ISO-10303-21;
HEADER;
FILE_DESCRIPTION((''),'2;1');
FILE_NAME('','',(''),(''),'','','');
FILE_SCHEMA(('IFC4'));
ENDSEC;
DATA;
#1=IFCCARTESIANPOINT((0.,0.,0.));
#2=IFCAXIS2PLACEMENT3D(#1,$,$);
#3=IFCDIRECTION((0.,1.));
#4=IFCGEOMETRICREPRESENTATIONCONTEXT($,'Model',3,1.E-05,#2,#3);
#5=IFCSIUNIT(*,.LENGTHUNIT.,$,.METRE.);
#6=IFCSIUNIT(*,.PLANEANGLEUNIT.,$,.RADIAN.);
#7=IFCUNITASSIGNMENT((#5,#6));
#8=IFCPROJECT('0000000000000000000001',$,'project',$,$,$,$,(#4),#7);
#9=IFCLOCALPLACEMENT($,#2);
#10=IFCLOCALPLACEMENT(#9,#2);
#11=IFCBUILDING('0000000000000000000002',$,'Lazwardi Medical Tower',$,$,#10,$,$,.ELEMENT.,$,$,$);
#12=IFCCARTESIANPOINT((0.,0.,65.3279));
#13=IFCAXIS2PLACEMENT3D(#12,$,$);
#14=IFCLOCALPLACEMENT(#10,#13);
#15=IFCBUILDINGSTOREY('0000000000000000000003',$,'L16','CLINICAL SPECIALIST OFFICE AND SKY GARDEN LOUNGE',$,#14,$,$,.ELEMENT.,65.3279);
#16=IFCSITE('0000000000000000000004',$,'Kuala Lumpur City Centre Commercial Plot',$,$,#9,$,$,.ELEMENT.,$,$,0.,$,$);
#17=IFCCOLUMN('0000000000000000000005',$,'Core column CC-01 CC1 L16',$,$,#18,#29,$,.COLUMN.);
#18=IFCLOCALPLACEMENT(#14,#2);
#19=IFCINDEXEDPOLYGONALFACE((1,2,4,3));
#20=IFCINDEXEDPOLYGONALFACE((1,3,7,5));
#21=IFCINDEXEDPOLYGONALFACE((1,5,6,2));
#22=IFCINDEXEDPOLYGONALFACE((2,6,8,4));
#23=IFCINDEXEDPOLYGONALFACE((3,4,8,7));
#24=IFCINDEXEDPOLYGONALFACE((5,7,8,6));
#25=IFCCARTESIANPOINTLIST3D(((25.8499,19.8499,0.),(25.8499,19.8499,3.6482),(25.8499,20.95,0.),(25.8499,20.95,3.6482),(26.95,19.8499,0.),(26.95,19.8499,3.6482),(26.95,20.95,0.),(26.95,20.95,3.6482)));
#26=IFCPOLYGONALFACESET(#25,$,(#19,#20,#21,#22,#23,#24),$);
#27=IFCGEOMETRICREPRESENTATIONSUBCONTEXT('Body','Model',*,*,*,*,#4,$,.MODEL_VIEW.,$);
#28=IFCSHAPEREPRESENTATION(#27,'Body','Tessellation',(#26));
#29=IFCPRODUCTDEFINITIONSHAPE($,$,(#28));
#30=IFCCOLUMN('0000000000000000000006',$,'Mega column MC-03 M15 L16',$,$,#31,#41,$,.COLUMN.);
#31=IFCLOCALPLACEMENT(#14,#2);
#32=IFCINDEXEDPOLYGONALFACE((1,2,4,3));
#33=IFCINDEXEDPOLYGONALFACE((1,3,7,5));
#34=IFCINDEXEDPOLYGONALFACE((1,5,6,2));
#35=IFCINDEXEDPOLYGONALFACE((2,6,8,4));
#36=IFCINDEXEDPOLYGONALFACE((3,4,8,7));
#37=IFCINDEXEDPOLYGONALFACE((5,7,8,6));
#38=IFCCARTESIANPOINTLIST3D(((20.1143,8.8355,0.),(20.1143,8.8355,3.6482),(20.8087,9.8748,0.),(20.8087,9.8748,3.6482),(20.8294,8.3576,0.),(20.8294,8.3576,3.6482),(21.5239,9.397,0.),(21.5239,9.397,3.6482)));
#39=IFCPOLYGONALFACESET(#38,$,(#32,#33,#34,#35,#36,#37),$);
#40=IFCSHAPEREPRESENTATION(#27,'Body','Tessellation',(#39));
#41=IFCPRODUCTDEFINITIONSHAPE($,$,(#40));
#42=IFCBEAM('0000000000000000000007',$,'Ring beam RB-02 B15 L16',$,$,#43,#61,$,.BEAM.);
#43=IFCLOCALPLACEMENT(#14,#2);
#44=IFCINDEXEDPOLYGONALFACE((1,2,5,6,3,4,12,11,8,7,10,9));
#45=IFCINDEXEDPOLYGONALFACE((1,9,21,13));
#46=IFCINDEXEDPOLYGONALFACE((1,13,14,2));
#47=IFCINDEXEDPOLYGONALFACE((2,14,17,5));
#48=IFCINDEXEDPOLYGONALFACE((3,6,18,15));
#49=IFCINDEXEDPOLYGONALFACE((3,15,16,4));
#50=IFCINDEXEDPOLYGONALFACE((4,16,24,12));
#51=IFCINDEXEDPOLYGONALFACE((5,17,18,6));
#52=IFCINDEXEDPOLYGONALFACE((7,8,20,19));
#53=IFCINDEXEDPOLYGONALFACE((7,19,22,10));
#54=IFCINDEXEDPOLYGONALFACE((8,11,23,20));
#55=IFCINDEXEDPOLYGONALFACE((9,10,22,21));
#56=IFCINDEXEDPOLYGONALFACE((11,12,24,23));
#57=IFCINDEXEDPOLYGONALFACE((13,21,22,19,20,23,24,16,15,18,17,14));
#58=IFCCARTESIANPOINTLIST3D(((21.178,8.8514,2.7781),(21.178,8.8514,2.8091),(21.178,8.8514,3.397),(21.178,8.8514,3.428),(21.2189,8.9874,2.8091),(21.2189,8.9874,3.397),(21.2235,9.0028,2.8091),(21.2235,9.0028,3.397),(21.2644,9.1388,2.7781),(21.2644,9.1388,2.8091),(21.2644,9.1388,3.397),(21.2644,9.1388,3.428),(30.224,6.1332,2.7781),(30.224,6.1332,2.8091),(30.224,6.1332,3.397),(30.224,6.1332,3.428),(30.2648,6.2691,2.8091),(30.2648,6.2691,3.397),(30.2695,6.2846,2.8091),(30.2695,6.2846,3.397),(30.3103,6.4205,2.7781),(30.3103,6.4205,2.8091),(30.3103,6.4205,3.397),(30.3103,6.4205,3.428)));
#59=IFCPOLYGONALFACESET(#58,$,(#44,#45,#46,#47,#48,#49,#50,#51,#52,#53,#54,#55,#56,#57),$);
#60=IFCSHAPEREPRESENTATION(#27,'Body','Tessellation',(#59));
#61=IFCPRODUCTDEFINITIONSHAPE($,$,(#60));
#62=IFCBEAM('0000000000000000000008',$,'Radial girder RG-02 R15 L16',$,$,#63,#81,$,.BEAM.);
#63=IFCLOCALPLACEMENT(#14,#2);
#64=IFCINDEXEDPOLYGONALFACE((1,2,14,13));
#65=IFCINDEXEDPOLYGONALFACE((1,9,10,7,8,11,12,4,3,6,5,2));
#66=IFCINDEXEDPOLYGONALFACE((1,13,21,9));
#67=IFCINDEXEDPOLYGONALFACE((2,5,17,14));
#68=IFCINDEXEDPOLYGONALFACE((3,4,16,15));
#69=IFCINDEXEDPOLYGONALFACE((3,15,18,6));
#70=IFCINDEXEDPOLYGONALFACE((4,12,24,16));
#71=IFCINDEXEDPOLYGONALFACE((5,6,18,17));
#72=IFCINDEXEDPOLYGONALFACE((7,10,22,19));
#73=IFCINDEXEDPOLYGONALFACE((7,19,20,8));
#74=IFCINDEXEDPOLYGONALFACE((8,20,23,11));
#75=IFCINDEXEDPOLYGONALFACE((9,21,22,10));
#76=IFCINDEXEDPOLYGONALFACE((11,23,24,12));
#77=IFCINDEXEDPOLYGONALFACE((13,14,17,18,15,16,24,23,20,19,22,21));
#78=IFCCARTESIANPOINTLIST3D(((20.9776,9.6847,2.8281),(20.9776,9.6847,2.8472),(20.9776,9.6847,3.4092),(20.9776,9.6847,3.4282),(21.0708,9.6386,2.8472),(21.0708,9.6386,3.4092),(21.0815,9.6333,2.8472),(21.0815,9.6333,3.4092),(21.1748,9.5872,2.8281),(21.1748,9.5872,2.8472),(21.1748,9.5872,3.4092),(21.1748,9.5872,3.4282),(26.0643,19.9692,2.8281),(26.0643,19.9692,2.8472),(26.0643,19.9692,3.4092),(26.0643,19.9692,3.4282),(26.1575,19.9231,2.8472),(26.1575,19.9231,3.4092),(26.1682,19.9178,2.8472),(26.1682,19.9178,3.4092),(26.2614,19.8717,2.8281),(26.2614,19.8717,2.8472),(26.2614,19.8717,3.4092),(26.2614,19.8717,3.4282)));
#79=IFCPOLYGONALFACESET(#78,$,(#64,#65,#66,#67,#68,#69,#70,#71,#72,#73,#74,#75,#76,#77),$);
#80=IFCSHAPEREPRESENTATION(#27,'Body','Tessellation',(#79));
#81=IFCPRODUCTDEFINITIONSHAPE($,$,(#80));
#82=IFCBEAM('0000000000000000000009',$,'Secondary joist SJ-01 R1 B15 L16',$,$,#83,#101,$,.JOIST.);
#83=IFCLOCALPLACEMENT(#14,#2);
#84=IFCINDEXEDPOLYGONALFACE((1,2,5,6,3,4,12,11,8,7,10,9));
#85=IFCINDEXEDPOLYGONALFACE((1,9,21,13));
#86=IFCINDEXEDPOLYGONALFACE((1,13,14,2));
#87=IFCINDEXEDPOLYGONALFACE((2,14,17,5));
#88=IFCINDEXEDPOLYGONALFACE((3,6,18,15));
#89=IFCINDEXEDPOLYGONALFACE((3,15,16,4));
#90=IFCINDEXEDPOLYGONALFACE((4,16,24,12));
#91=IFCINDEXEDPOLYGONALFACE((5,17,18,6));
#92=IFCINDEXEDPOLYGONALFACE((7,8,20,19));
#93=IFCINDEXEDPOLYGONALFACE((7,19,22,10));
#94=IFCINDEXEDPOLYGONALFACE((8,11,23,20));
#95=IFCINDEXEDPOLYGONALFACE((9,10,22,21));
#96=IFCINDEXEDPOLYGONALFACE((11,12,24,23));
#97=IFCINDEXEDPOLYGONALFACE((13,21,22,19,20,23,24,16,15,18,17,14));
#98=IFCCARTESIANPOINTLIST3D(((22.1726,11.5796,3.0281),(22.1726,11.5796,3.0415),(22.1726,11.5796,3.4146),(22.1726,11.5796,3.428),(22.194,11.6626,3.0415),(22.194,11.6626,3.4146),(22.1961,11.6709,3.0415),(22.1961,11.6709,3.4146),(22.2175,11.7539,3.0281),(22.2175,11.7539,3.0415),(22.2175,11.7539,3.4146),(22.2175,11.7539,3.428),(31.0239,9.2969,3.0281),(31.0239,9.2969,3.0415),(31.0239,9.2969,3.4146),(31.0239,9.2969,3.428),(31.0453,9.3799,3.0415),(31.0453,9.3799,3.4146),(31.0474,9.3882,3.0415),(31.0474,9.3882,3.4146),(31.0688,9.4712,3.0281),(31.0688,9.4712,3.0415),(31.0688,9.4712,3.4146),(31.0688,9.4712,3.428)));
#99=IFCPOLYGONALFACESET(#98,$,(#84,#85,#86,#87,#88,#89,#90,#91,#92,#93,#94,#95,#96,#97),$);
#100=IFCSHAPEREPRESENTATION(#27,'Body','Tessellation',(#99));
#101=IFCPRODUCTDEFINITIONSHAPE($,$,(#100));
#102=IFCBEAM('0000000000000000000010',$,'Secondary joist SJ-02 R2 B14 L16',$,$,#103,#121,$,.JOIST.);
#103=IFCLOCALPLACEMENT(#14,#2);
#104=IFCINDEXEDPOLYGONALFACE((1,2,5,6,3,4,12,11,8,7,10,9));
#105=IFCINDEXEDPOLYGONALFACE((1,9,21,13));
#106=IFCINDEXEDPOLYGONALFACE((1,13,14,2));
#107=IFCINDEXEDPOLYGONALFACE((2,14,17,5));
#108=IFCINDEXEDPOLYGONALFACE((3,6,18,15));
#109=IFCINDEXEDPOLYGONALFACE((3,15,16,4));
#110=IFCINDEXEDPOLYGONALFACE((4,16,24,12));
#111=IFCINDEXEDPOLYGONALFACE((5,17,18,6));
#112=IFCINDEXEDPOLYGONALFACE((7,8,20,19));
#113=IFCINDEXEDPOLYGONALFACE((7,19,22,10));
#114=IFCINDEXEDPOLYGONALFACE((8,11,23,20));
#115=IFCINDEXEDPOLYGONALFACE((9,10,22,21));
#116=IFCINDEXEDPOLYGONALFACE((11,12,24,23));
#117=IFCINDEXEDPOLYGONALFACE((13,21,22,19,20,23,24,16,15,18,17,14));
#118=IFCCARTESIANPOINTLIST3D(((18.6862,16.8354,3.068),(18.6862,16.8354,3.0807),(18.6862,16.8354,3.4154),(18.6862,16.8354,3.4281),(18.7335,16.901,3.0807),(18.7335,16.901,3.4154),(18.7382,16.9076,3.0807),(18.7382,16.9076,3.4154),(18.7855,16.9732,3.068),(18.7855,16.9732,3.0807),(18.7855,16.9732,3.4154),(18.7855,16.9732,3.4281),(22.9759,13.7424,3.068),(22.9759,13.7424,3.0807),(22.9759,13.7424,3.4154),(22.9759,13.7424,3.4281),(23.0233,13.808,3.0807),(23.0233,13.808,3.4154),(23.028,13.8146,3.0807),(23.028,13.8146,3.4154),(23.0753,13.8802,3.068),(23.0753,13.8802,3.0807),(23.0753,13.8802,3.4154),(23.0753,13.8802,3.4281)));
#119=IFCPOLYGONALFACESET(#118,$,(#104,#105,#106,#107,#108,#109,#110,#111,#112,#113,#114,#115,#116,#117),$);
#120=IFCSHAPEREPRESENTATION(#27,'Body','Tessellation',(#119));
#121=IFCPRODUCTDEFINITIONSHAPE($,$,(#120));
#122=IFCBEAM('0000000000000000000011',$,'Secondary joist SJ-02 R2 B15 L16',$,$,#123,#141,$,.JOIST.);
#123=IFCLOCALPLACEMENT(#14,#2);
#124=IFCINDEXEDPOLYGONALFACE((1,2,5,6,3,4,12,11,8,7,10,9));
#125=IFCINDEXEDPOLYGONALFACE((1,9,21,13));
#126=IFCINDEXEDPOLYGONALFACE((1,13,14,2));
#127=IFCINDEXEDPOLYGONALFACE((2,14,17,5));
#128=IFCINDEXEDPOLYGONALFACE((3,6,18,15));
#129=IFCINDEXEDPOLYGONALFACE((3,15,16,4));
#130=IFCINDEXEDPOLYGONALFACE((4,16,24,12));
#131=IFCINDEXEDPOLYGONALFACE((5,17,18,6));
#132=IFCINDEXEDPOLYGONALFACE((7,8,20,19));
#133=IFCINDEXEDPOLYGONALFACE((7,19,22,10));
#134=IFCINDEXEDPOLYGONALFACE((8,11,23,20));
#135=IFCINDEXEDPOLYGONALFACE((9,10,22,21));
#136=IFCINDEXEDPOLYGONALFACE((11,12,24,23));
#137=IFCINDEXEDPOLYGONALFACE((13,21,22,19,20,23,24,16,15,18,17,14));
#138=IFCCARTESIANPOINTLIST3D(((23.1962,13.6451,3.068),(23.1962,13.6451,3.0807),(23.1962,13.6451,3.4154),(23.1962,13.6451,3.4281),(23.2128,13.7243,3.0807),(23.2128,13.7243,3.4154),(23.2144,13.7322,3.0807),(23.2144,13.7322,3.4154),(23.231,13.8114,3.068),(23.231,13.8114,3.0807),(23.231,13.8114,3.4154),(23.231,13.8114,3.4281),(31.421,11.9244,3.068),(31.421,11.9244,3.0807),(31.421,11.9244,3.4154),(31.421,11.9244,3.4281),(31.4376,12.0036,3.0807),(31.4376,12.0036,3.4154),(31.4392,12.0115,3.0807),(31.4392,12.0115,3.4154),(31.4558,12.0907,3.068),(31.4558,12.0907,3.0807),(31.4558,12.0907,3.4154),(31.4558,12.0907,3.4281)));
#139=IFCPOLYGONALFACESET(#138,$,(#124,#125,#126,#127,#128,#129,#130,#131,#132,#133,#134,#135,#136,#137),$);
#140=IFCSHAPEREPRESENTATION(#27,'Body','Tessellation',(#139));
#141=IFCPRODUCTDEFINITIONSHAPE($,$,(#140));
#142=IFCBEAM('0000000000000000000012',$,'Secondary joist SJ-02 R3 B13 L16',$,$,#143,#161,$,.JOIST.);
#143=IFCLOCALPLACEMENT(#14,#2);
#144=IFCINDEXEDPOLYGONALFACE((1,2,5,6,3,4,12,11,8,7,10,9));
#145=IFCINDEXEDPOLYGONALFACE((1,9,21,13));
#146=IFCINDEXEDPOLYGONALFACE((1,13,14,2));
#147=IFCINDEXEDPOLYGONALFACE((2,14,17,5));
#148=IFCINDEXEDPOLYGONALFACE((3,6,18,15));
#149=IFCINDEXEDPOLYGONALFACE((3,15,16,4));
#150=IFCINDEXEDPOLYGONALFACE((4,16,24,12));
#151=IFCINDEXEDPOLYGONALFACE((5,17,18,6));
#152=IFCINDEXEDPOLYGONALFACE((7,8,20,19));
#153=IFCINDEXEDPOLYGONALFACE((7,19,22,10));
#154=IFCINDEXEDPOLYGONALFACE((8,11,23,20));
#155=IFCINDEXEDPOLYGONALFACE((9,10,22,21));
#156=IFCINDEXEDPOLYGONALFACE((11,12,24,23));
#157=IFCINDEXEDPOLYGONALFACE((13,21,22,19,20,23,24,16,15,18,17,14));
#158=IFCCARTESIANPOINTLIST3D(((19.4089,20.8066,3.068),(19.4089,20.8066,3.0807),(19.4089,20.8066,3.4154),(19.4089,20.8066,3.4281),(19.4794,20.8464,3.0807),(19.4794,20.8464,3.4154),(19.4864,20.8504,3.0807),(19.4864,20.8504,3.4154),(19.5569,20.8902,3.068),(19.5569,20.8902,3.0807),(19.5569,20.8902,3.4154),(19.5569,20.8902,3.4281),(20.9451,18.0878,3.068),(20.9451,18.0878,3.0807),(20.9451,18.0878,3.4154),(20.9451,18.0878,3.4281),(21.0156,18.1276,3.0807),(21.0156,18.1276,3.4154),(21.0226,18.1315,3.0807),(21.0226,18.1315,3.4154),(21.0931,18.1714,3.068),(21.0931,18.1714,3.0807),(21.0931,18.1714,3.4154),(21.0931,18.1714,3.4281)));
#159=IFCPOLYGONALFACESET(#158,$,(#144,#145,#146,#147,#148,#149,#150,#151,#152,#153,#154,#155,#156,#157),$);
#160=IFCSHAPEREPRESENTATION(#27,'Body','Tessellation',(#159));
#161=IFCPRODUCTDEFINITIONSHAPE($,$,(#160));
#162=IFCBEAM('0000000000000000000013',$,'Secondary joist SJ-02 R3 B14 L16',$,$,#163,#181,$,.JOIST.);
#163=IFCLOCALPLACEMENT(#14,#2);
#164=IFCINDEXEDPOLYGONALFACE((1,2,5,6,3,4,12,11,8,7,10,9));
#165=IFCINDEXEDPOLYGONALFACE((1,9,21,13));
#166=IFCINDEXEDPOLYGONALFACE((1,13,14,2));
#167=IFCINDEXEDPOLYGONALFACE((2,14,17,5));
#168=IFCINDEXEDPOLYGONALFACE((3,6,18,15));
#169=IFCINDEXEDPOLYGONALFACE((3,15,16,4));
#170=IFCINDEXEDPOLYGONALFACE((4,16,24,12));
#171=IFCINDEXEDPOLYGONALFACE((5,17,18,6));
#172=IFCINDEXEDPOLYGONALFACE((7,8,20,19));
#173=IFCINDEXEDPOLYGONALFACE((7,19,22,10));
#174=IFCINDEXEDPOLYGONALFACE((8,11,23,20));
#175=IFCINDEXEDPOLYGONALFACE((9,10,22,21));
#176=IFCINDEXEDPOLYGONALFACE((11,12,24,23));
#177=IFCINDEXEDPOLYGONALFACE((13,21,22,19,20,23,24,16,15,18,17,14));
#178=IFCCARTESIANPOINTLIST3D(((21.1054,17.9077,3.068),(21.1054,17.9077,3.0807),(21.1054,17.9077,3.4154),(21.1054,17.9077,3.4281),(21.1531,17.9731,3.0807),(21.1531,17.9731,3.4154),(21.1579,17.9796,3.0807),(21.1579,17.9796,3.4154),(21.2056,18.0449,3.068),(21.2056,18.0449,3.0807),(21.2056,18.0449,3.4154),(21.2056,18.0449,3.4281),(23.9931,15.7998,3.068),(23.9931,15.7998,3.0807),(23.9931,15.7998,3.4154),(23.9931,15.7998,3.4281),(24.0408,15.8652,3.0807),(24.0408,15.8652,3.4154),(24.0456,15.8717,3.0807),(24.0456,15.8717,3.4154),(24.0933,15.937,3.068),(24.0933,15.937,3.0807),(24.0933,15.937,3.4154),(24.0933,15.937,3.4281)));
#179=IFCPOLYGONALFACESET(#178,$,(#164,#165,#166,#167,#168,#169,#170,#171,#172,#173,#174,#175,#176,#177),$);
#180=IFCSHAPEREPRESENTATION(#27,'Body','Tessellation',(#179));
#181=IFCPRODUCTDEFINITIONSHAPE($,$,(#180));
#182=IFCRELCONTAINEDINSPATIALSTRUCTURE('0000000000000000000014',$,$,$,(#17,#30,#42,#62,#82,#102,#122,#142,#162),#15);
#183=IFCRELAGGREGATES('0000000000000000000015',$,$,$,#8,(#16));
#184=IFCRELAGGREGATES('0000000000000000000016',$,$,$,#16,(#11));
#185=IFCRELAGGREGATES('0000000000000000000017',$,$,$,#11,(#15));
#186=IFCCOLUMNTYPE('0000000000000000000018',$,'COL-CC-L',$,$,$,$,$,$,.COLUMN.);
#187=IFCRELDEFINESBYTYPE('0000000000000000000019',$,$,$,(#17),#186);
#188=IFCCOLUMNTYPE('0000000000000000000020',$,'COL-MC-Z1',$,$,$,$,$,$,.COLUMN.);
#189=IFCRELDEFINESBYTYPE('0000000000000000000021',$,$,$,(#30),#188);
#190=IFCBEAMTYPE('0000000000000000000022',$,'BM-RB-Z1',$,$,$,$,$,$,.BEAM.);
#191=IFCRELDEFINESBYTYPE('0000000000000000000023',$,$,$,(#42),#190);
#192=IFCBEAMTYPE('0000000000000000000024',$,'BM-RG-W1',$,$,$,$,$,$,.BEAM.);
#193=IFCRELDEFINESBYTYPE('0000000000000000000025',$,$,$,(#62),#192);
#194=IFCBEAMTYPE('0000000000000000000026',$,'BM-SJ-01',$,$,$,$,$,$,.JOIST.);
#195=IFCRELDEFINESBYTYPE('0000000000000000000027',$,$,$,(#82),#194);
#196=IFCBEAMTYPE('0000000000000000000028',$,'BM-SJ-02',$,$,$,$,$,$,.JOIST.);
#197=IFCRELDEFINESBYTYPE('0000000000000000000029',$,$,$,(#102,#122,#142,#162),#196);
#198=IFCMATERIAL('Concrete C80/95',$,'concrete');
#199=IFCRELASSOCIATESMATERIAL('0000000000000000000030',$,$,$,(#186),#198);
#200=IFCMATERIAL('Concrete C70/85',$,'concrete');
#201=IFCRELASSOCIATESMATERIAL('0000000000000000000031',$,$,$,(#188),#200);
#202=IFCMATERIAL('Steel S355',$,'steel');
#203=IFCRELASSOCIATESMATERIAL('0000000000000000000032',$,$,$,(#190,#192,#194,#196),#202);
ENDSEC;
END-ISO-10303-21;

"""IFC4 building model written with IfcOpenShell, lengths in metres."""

from ifc_helpers import new_model, si_unit, direction, frame, origin, origin_2d, place, context, subcontext, project, spatial, rectangle, i_section, extrude, material, material_profile, profile_set, type_object, element, save


model = new_model("IFC4")

# Units and contexts
model_context = context("Model", 3, precision=1e-05, world=origin(), true_north=direction((0.0, 1.0)))
body_context = subcontext(model_context, "Body", "Model", "MODEL_VIEW")
ifc_project = project(units=[si_unit("LENGTHUNIT", "METRE"), si_unit("PLANEANGLEUNIT", "RADIAN")], contexts=[model_context])

# Site, building, storey
site_placement = place(None, origin())
site = spatial("IfcSite", under=ifc_project, at=site_placement, Name="Kuala Lumpur City Centre Commercial Plot", CompositionType="ELEMENT", RefElevation=0.0)
building_placement = place(site_placement, origin())
building = spatial("IfcBuilding", under=site, at=building_placement, Name="Lazwardi Medical Tower", CompositionType="ELEMENT")
storey_placement = place(building_placement, frame((0.0, 0.0, 65.3279)))
storey = spatial("IfcBuildingStorey", under=building, at=storey_placement, Name="L16", Description="CLINICAL SPECIALIST OFFICE AND SKY GARDEN LOUNGE", CompositionType="ELEMENT", Elevation=65.3279)

# Columns
ifc_material_1 = material(Name="Concrete C80/95", Category="concrete")
ifc_material_profile_1 = material_profile(ifc_material_1, rectangle(XDim=1.1001, YDim=1.1001, at=origin_2d()), Name="RC 1100x1100")
ifc_profile_set_1 = profile_set([ifc_material_profile_1], Name="Concrete C80/95")
column_type_1 = type_object("IfcColumnType", Name="COL-CC-L", PredefinedType="COLUMN", material=ifc_profile_set_1)
column_1_placement = place(storey_placement, frame((26.3999, 20.3999, 0.0), z_axis=(0.0, 0.0, 1.0), x_axis=(1.0, 0.0, 0.0)))
element("IfcColumn", 1, at=column_1_placement, inside=storey, type_object=column_type_1, Name="Core column CC-01 CC1 L16", PredefinedType="COLUMN", context=body_context, shape_type="SweptSolid", body=[
    extrude(rectangle(XDim=1.1001, YDim=1.1001, at=origin_2d()), origin(), (0.0, 0.0, 1.0), 3.6482),
])
ifc_material_2 = material(Name="Concrete C70/85", Category="concrete")
ifc_material_profile_2 = material_profile(ifc_material_2, rectangle(XDim=1.25, YDim=0.8601, at=origin_2d()), Name="CFT-RECT 1250x860")
ifc_profile_set_2 = profile_set([ifc_material_profile_2], Name="Concrete C70/85")
column_type_2 = type_object("IfcColumnType", Name="COL-MC-Z1", PredefinedType="COLUMN", material=ifc_profile_set_2)
column_2_placement = place(storey_placement, frame((20.8191, 9.1162, 0.0), z_axis=(0.0, 0.0, 1.0), x_axis=(-0.55557, -0.83147, 0.0)))
element("IfcColumn", 2, at=column_2_placement, inside=storey, type_object=column_type_2, Name="Mega column MC-03 M15 L16", PredefinedType="COLUMN", context=body_context, shape_type="SweptSolid", body=[
    extrude(rectangle(XDim=1.25, YDim=0.8601, at=origin_2d()), origin(), (0.0, 0.0, 1.0), 3.6482),
])

# Beams
ifc_material_3 = material(Name="Steel S355", Category="steel")
ifc_material_profile_3 = material_profile(ifc_material_3, i_section(OverallWidth=0.3, OverallDepth=0.6499, WebThickness=0.0161, FlangeThickness=0.031, at=origin_2d()), Name="HEB 650")
ifc_profile_set_3 = profile_set([ifc_material_profile_3], Name="Steel S355")
beam_type_1 = type_object("IfcBeamType", Name="BM-RB-Z1", PredefinedType="BEAM", material=ifc_profile_set_3)
beam_1_placement = place(storey_placement, frame((21.2212, 8.9951, 3.103), z_axis=(0.957695, -0.287784, 0.0), x_axis=(0.287784, 0.957695, 0.0)))
element("IfcBeam", 3, at=beam_1_placement, inside=storey, type_object=beam_type_1, Name="Ring beam RB-02 B15 L16", PredefinedType="BEAM", context=body_context, shape_type="SweptSolid", body=[
    extrude(i_section(OverallWidth=0.3, OverallDepth=0.6499, WebThickness=0.0161, FlangeThickness=0.031, at=origin_2d()), origin(), (0.0, 0.0, 1.0), 9.4456),
])
ifc_material_profile_4 = material_profile(ifc_material_3, i_section(OverallWidth=0.22, OverallDepth=0.6001, WebThickness=0.012, FlangeThickness=0.019, at=origin_2d()), Name="IPE 600")
ifc_profile_set_4 = profile_set([ifc_material_profile_4], Name="Steel S355")
beam_type_2 = type_object("IfcBeamType", Name="BM-RG-W1", PredefinedType="BEAM", material=ifc_profile_set_4)
beam_2_placement = place(storey_placement, frame((21.0762, 9.636, 3.1282), z_axis=(0.443337, 0.896355, 0.0), x_axis=(-0.896355, 0.443337, 0.0)))
element("IfcBeam", 4, at=beam_2_placement, inside=storey, type_object=beam_type_2, Name="Radial girder RG-02 R15 L16", PredefinedType="BEAM", context=body_context, shape_type="SweptSolid", body=[
    extrude(i_section(OverallWidth=0.22, OverallDepth=0.6001, WebThickness=0.012, FlangeThickness=0.019, at=origin_2d()), origin(), (0.0, 0.0, 1.0), 11.4736),
])
ifc_material_profile_5 = material_profile(ifc_material_3, i_section(OverallWidth=0.1799, OverallDepth=0.3999, WebThickness=0.0085, FlangeThickness=0.0134, at=origin_2d()), Name="IPE 400")
ifc_profile_set_5 = profile_set([ifc_material_profile_5], Name="Steel S355")
beam_type_3 = type_object("IfcBeamType", Name="BM-SJ-01", PredefinedType="JOIST", material=ifc_profile_set_5)
beam_3_placement = place(storey_placement, frame((22.1951, 11.6667, 3.228), z_axis=(0.968317, -0.249725, 0.0), x_axis=(0.249725, 0.968317, 0.0)))
element("IfcBeam", 5, at=beam_3_placement, inside=storey, type_object=beam_type_3, Name="Secondary joist SJ-01 R1 B15 L16", PredefinedType="JOIST", context=body_context, shape_type="SweptSolid", body=[
    extrude(i_section(OverallWidth=0.1799, OverallDepth=0.3999, WebThickness=0.0085, FlangeThickness=0.0134, at=origin_2d()), origin(), (0.0, 0.0, 1.0), 9.1409),
])
ifc_material_profile_6 = material_profile(ifc_material_3, i_section(OverallWidth=0.1699, OverallDepth=0.3601, WebThickness=0.0081, FlangeThickness=0.0127, at=origin_2d()), Name="IPE 360")
ifc_profile_set_6 = profile_set([ifc_material_profile_6], Name="Steel S355")
beam_type_4 = type_object("IfcBeamType", Name="BM-SJ-02", PredefinedType="JOIST", material=ifc_profile_set_6)
beam_4_placement = place(storey_placement, frame((18.7358, 16.9043, 3.248), z_axis=(0.811143, -0.584848, 0.0), x_axis=(0.584848, 0.811143, 0.0)))
element("IfcBeam", 6, at=beam_4_placement, inside=storey, type_object=beam_type_4, Name="Secondary joist SJ-02 R2 B14 L16", PredefinedType="JOIST", context=body_context, shape_type="SweptSolid", body=[
    extrude(i_section(OverallWidth=0.1699, OverallDepth=0.3601, WebThickness=0.0081, FlangeThickness=0.0127, at=origin_2d()), origin(), (0.0, 0.0, 1.0), 5.2886),
])
beam_5_placement = place(storey_placement, frame((23.2136, 13.7283, 3.248), z_axis=(0.978809, -0.204774, 0.0), x_axis=(0.204774, 0.978809, 0.0)))
element("IfcBeam", 7, at=beam_5_placement, inside=storey, type_object=beam_type_4, Name="Secondary joist SJ-02 R2 B15 L16", PredefinedType="JOIST", context=body_context, shape_type="SweptSolid", body=[
    extrude(i_section(OverallWidth=0.1699, OverallDepth=0.3601, WebThickness=0.0081, FlangeThickness=0.0127, at=origin_2d()), origin(), (0.0, 0.0, 1.0), 8.4028),
])
beam_6_placement = place(storey_placement, frame((19.4829, 20.8484, 3.248), z_axis=(0.491923, -0.870639, 0.0), x_axis=(0.870639, 0.491923, 0.0)))
element("IfcBeam", 8, at=beam_6_placement, inside=storey, type_object=beam_type_4, Name="Secondary joist SJ-02 R3 B13 L16", PredefinedType="JOIST", context=body_context, shape_type="SweptSolid", body=[
    extrude(i_section(OverallWidth=0.1699, OverallDepth=0.3601, WebThickness=0.0081, FlangeThickness=0.0127, at=origin_2d()), origin(), (0.0, 0.0, 1.0), 3.1228),
])
beam_7_placement = place(storey_placement, frame((21.1555, 17.9763, 3.248), z_axis=(0.807701, -0.589592, 0.0), x_axis=(0.589592, 0.807701, 0.0)))
element("IfcBeam", 9, at=beam_7_placement, inside=storey, type_object=beam_type_4, Name="Secondary joist SJ-02 R3 B14 L16", PredefinedType="JOIST", context=body_context, shape_type="SweptSolid", body=[
    extrude(i_section(OverallWidth=0.1699, OverallDepth=0.3601, WebThickness=0.0081, FlangeThickness=0.0127, at=origin_2d()), origin(), (0.0, 0.0, 1.0), 3.5752),
])

save(model, "model.ifc")
